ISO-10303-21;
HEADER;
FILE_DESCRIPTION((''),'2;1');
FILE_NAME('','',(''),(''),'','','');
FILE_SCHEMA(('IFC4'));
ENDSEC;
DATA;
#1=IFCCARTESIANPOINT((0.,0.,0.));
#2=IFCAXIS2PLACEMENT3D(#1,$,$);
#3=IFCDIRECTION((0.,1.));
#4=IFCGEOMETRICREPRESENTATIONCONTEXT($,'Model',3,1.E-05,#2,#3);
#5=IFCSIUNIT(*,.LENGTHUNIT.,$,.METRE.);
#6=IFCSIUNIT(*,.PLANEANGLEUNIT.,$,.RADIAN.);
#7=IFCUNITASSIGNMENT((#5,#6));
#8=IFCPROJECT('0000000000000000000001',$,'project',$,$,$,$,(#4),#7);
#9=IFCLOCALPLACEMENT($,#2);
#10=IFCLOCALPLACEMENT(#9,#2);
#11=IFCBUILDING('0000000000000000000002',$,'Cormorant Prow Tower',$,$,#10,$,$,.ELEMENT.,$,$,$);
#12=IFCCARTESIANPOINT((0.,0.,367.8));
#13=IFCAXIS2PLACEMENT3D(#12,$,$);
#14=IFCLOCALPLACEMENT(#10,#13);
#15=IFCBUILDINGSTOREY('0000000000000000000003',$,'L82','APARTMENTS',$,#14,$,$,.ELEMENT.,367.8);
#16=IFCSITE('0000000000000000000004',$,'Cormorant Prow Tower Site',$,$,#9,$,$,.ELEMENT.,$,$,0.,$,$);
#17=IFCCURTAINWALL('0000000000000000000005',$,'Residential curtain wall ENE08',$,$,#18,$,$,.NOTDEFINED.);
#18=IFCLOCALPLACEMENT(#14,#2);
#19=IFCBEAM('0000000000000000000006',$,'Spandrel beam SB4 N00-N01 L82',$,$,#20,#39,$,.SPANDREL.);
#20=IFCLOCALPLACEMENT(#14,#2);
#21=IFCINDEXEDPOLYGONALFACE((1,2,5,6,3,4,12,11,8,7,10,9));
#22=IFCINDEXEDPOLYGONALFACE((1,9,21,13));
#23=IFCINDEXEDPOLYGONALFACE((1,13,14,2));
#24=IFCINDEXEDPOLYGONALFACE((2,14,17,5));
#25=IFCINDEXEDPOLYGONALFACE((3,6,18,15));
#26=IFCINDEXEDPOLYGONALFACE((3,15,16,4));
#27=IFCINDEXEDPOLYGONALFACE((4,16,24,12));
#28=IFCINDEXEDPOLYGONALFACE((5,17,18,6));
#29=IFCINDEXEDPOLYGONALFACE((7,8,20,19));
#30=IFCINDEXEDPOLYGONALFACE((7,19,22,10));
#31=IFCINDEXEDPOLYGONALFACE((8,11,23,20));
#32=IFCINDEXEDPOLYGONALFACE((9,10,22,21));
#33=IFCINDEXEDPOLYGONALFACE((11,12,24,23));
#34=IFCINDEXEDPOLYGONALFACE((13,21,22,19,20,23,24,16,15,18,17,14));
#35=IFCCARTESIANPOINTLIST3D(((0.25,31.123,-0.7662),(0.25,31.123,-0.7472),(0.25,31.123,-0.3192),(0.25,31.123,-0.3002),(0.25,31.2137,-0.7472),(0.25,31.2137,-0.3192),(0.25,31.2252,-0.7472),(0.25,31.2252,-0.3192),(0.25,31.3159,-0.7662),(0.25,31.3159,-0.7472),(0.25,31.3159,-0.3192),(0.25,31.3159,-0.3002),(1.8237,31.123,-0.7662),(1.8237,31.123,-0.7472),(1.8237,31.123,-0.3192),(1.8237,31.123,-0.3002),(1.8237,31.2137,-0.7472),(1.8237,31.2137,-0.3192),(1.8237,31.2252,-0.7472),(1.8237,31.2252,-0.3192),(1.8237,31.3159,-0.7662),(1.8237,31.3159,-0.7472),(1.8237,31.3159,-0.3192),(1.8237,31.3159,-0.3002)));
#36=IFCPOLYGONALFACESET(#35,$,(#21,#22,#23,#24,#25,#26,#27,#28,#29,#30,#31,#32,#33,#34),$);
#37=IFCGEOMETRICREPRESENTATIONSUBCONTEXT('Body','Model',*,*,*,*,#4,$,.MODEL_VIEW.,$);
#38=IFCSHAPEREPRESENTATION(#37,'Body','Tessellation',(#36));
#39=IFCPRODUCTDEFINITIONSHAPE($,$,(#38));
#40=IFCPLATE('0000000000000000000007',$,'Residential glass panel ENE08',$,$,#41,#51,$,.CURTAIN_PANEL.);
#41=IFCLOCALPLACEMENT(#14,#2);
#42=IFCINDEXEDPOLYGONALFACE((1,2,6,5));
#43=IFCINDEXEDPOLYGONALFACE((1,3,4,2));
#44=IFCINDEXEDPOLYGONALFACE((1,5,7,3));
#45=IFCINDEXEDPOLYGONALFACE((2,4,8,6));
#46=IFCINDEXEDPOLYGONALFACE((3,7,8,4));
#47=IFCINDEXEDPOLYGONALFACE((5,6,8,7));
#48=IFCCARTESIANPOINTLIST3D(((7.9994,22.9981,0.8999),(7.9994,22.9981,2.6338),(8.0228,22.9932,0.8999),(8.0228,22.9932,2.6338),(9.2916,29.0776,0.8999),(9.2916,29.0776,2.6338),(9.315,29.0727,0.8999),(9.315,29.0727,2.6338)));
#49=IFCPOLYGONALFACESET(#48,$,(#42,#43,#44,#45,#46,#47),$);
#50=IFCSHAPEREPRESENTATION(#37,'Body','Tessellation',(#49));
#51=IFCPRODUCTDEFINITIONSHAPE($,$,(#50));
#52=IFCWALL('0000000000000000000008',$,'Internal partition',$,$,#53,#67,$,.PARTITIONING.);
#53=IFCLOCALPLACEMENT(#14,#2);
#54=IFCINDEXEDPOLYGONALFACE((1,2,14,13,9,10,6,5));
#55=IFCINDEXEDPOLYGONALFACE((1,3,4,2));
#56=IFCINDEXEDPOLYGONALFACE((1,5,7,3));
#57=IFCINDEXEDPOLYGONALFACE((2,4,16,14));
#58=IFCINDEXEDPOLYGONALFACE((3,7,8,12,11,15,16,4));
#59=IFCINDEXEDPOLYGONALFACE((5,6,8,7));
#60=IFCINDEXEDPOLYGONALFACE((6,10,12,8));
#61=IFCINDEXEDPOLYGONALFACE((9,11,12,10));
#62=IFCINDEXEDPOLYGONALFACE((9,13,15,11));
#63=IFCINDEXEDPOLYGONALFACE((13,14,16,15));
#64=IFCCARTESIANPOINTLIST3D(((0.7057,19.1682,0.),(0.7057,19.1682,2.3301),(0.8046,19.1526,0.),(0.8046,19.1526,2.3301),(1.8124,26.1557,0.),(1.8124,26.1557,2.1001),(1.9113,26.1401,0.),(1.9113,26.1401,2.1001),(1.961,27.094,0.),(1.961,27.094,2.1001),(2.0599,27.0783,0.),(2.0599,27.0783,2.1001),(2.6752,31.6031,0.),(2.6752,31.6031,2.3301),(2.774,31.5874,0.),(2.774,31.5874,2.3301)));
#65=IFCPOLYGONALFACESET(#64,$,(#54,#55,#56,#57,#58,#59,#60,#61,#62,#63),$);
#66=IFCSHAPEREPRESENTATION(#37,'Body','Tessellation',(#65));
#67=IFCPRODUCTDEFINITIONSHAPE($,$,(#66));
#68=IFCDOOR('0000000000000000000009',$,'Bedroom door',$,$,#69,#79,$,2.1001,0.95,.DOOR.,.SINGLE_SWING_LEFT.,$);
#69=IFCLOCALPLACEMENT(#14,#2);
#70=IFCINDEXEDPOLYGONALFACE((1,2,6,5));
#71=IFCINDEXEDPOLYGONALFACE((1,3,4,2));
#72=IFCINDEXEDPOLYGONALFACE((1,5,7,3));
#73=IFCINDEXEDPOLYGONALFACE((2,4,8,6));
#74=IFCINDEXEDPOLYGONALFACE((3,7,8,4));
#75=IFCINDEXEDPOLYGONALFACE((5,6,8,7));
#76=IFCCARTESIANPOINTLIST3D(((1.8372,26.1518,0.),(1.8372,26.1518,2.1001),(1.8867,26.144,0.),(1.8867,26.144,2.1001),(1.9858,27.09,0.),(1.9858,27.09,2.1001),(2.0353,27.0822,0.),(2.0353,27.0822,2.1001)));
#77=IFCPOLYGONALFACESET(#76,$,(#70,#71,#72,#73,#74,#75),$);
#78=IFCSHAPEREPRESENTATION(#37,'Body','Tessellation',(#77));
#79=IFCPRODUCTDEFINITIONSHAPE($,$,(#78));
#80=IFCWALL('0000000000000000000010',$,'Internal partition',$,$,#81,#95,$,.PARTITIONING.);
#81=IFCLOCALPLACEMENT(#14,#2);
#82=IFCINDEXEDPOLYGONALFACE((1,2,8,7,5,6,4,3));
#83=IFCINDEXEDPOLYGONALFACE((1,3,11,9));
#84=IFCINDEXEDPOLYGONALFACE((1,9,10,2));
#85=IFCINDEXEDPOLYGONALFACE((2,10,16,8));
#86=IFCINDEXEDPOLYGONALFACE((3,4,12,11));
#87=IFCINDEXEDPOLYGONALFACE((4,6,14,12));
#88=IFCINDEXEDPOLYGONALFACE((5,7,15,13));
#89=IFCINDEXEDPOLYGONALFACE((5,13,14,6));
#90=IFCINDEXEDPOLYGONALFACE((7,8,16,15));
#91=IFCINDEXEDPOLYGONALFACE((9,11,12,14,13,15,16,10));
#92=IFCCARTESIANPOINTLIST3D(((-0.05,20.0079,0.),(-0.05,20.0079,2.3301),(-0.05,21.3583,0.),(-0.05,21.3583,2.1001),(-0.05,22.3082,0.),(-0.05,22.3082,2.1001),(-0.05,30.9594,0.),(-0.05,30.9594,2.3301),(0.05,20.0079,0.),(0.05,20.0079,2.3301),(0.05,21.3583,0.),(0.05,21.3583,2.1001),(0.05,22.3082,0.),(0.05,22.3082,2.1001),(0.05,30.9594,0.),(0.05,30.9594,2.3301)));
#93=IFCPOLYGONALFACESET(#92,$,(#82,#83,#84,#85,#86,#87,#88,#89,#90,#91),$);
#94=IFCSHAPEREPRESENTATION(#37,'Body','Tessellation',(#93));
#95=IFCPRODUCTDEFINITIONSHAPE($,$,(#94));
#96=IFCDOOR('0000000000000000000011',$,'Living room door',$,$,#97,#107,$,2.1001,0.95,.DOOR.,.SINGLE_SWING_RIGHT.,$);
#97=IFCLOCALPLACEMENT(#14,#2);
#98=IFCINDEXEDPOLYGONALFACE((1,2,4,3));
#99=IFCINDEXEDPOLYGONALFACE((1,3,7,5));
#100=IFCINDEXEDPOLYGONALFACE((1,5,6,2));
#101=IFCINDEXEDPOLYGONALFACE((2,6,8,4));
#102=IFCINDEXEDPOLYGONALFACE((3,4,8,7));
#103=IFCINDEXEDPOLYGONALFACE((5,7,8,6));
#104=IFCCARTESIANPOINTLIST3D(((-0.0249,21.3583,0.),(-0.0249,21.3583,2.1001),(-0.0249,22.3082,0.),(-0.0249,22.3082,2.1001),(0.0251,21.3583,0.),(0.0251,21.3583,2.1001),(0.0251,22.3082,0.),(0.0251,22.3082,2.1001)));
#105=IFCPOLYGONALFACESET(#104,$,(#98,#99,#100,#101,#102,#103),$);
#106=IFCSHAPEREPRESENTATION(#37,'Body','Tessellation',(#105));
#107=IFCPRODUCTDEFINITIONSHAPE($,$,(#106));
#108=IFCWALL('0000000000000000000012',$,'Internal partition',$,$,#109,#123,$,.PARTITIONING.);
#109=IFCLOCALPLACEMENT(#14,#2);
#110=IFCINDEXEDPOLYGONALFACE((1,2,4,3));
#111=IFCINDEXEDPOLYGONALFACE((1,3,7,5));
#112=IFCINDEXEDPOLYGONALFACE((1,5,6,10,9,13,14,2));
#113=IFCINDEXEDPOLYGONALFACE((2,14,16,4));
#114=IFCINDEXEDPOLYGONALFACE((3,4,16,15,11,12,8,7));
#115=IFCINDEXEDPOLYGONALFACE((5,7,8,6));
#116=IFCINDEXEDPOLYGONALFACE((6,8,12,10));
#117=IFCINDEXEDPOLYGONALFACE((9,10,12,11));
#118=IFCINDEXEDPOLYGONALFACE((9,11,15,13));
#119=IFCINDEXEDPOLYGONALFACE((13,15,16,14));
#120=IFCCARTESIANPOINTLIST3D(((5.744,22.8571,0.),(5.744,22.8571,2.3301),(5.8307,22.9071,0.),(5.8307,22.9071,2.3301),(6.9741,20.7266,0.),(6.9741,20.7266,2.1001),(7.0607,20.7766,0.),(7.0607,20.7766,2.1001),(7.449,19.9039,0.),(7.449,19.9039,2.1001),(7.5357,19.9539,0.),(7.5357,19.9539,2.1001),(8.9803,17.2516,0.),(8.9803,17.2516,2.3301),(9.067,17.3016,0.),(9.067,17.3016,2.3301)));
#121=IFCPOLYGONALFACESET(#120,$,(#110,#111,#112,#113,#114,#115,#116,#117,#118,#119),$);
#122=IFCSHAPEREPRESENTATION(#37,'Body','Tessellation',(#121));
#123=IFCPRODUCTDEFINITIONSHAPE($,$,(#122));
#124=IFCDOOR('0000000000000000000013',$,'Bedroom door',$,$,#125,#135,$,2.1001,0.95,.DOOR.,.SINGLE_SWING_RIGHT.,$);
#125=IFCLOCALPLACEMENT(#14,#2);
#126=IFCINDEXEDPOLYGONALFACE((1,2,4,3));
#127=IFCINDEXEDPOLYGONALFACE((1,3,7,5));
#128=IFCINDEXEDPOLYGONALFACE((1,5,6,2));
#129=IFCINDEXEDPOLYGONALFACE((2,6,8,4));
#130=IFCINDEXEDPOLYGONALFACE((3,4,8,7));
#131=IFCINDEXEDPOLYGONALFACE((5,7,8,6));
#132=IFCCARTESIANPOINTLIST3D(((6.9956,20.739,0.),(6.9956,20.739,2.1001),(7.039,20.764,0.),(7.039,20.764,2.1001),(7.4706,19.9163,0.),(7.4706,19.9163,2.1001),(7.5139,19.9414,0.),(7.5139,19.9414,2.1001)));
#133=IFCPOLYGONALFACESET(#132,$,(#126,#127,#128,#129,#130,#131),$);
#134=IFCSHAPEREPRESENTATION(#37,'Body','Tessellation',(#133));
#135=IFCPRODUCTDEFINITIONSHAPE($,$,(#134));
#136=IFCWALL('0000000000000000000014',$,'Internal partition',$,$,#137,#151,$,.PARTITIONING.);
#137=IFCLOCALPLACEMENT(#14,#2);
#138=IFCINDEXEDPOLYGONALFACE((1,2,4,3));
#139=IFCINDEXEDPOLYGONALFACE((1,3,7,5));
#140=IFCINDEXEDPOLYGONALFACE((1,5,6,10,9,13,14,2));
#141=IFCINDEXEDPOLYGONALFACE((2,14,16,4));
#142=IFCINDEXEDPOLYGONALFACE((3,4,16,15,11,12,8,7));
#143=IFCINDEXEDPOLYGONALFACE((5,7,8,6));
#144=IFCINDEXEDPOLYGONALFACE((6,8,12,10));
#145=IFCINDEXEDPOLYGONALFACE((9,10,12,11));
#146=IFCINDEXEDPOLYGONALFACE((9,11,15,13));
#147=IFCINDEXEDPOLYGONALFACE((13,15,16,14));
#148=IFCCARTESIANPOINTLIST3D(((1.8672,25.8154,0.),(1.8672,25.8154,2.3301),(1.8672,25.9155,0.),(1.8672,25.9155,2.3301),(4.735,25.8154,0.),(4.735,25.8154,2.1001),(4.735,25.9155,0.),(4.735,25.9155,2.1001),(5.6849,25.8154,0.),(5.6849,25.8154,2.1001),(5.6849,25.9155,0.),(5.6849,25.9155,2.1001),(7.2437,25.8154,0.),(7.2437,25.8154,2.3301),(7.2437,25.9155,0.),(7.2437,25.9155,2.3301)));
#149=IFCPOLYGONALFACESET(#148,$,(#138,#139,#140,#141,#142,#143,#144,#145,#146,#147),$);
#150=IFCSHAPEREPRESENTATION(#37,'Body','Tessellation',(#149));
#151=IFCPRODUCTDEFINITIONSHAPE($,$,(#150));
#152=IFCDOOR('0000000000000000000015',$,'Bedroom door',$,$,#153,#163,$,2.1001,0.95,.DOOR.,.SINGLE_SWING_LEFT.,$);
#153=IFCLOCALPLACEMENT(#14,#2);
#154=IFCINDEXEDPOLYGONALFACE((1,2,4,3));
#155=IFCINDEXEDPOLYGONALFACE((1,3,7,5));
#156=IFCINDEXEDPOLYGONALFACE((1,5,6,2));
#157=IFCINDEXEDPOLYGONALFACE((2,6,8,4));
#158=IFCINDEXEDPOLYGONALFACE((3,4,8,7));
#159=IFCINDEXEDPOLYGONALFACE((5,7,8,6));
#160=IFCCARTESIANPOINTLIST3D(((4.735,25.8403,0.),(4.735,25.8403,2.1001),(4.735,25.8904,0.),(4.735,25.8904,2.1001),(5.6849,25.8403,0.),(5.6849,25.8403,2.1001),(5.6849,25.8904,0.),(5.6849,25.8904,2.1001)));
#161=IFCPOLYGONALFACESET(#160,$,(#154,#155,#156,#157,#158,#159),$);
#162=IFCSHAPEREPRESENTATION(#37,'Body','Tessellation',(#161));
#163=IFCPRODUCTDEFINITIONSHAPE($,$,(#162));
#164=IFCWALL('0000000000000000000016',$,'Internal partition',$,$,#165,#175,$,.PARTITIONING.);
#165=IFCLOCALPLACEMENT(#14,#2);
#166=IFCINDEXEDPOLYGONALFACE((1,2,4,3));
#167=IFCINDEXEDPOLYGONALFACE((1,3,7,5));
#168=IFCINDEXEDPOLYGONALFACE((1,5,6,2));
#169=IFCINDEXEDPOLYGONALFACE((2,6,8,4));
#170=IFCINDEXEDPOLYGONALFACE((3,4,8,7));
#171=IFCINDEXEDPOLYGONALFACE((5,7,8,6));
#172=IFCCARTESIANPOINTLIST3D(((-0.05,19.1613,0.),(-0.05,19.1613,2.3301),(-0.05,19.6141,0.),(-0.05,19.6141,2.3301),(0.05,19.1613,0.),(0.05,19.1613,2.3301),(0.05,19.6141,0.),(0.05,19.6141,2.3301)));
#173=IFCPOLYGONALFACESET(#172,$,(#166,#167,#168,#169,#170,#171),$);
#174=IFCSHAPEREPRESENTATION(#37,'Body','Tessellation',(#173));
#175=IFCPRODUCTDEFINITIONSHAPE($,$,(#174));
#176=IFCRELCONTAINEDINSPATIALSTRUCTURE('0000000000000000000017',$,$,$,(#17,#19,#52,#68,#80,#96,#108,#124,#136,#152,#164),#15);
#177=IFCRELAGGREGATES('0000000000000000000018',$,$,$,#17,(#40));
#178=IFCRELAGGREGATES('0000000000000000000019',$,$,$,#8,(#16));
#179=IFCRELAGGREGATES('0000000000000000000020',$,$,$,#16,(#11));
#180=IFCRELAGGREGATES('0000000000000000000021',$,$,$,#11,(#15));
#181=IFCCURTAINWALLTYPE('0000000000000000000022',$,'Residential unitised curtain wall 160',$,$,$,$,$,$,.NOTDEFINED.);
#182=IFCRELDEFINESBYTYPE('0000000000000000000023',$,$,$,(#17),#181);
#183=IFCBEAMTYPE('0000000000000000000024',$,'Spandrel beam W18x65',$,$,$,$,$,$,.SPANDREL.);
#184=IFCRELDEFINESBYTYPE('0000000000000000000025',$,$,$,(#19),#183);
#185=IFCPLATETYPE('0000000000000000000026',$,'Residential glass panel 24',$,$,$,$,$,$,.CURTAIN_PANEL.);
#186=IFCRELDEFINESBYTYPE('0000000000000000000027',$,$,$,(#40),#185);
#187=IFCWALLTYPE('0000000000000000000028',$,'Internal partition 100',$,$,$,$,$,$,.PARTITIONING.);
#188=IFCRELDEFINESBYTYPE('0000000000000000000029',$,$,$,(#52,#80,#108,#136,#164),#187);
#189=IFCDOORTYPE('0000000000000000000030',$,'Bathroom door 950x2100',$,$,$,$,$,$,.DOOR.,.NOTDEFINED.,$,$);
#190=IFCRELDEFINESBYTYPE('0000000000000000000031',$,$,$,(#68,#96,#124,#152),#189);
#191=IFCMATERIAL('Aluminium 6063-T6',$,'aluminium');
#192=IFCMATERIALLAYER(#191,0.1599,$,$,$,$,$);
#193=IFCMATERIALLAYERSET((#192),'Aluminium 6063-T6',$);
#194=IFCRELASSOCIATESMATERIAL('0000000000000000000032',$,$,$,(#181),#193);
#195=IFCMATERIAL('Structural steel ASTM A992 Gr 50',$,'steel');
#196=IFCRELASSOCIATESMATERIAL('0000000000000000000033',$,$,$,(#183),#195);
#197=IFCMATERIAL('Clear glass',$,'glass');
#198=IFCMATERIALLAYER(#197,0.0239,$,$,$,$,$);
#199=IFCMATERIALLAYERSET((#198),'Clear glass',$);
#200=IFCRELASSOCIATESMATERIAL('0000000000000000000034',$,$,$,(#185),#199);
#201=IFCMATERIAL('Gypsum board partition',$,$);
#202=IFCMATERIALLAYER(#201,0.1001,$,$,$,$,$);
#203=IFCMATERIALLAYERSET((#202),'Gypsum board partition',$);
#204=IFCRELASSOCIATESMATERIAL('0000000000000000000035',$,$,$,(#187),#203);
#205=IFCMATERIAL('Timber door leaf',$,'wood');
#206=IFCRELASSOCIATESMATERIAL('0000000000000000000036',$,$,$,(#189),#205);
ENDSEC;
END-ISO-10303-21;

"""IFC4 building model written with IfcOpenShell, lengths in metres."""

from ifc_helpers import new_model, si_unit, direction, frame, frame_2d, origin, origin_2d, place, context, subcontext, project, spatial, rectangle, i_section, extrude, material, layer, layer_set, material_profile, profile_set, type_object, element, fill, aggregate, save


model = new_model("IFC4")

# Units and contexts
model_context = context("Model", 3, precision=1e-05, world=origin(), true_north=direction((0.0, 1.0)))
body_context = subcontext(model_context, "Body", "Model", "MODEL_VIEW")
ifc_project = project(units=[si_unit("LENGTHUNIT", "METRE"), si_unit("PLANEANGLEUNIT", "RADIAN")], contexts=[model_context])

# Site, building, storey
site_placement = place(None, origin())
site = spatial("IfcSite", under=ifc_project, at=site_placement, Name="Cormorant Prow Tower Site", CompositionType="ELEMENT", RefElevation=0.0)
building_placement = place(site_placement, origin())
building = spatial("IfcBuilding", under=site, at=building_placement, Name="Cormorant Prow Tower", CompositionType="ELEMENT")
storey_placement = place(building_placement, frame((0.0, 0.0, 367.8)))
storey = spatial("IfcBuildingStorey", under=building, at=storey_placement, Name="L82", Description="APARTMENTS", CompositionType="ELEMENT", Elevation=367.8)

# Curtain wall
ifc_material_1 = material(Name="Aluminium 6063-T6", Category="aluminium")
ifc_layer_1 = layer(ifc_material_1, 0.1599)
ifc_layer_set_1 = layer_set([ifc_layer_1], Name="Aluminium 6063-T6")
curtain_wall_type = type_object("IfcCurtainWallType", Name="Residential unitised curtain wall 160", PredefinedType="NOTDEFINED", material=ifc_layer_set_1)
curtain_wall_placement = place(storey_placement, origin())
curtain_wall = element("IfcCurtainWall", 1, at=curtain_wall_placement, inside=storey, type_object=curtain_wall_type, Name="Residential curtain wall ENE08", PredefinedType="NOTDEFINED")

# Beam
ifc_material_2 = material(Name="Structural steel ASTM A992 Gr 50", Category="steel")
ifc_material_profile_1 = material_profile(ifc_material_2, i_section(OverallWidth=0.1929, OverallDepth=0.4661, WebThickness=0.0115, FlangeThickness=0.019, at=origin_2d()), Name="W18x65")
ifc_profile_set_1 = profile_set([ifc_material_profile_1], Name="Structural steel ASTM A992 Gr 50")
beam_type = type_object("IfcBeamType", Name="Spandrel beam W18x65", PredefinedType="SPANDREL", material=ifc_profile_set_1)
beam_1_placement = place(storey_placement, frame((1.8237, 31.2195, -0.5332), z_axis=(-1.0, 0.0, 0.0), x_axis=(0.0, -1.0, 0.0)))
element("IfcBeam", 2, at=beam_1_placement, inside=storey, type_object=beam_type, Name="Spandrel beam SB4 N00-N01 L82", PredefinedType="SPANDREL", context=body_context, shape_type="SweptSolid", body=[
    extrude(i_section(OverallWidth=0.1929, OverallDepth=0.4661, WebThickness=0.0115, FlangeThickness=0.019, at=origin_2d()), origin(), (0.0, 0.0, 1.0), 1.5737),
])

# Plate
ifc_material_3 = material(Name="Clear glass", Category="glass")
ifc_layer_2 = layer(ifc_material_3, 0.0239)
ifc_layer_set_2 = layer_set([ifc_layer_2], Name="Clear glass")
plate_type = type_object("IfcPlateType", Name="Residential glass panel 24", PredefinedType="CURTAIN_PANEL", material=ifc_layer_set_2)
plate_placement = place(storey_placement, frame((8.6572, 26.0354, 0.8999), z_axis=(0.0, 0.0, 1.0), x_axis=(0.207912, 0.978148, 0.0)))
plate = element("IfcPlate", 3, at=plate_placement, type_object=plate_type, Name="Residential glass panel ENE08", PredefinedType="CURTAIN_PANEL", context=body_context, shape_type="SweptSolid", body=[
    extrude(rectangle(XDim=6.2153, YDim=0.0239, at=origin_2d()), origin(), (0.0, 0.0, 1.0), 1.7339),
])
aggregate(curtain_wall, [plate])

# Walls, openings, doors
ifc_material_4 = material(Name="Gypsum board partition")
ifc_layer_3 = layer(ifc_material_4, 0.1001)
ifc_layer_set_3 = layer_set([ifc_layer_3], Name="Gypsum board partition")
wall_type_1 = type_object("IfcWallType", Name="Internal partition 100", PredefinedType="PARTITIONING", material=ifc_layer_set_3)
wall_1_placement = place(storey_placement, frame((0.7551, 19.1604, 0.0), z_axis=(0.0, 0.0, 1.0), x_axis=(0.156435, 0.987688, 0.0)))
wall_1 = element("IfcWall", 4, at=wall_1_placement, inside=storey, type_object=wall_type_1, Name="Internal partition", PredefinedType="PARTITIONING", context=body_context, shape_type="SweptSolid", body=[
    extrude(rectangle(XDim=12.5898, YDim=0.1001, at=frame_2d((6.2949, 0.0))), origin(), (0.0, 0.0, 1.0), 2.3301),
])
opening_1_placement = place(wall_1_placement, frame((7.0745, 0.0, 0.0)))
opening_1 = element("IfcOpeningElement", 5, at=opening_1_placement, cuts=wall_1, PredefinedType="OPENING", context=body_context, shape_type="SweptSolid", body=[
    extrude(rectangle(XDim=0.95, YDim=2.1001, at=frame_2d((0.4751, 1.05))), frame((0.0, 0.0601, 0.0), z_axis=(0.0, -1.0, 0.0), x_axis=(1.0, 0.0, 0.0)), (0.0, 0.0, 1.0), 0.1201),
])
ifc_material_5 = material(Name="Timber door leaf", Category="wood")
door_type_1 = type_object("IfcDoorType", Name="Bathroom door 950x2100", OperationType="NOTDEFINED", PredefinedType="DOOR", material=ifc_material_5)
door_1_placement = place(opening_1_placement, origin())
door_1 = element("IfcDoor", 6, at=door_1_placement, inside=storey, type_object=door_type_1, Name="Bedroom door", OperationType="SINGLE_SWING_LEFT", OverallHeight=2.1001, OverallWidth=0.95, PredefinedType="DOOR", context=body_context, shape_type="SweptSolid", body=[
    extrude(rectangle(XDim=0.95, YDim=2.1001, at=frame_2d((0.4751, 1.05))), frame((0.0, 0.0249, 0.0), z_axis=(0.0, -1.0, 0.0), x_axis=(1.0, 0.0, 0.0)), (0.0, 0.0, 1.0), 0.05),
])
fill(opening_1, door_1)
wall_2_placement = place(storey_placement, frame((0.0, 20.0081, 0.0), z_axis=(0.0, 0.0, 1.0), x_axis=(0.0, 1.0, 0.0)))
wall_2 = element("IfcWall", 7, at=wall_2_placement, inside=storey, type_object=wall_type_1, Name="Internal partition", PredefinedType="PARTITIONING", context=body_context, shape_type="SweptSolid", body=[
    extrude(rectangle(XDim=10.9514, YDim=0.1001, at=frame_2d((5.4756, 0.0))), origin(), (0.0, 0.0, 1.0), 2.3301),
])
opening_2_placement = place(wall_2_placement, frame((1.3501, 0.0, 0.0)))
opening_2 = element("IfcOpeningElement", 8, at=opening_2_placement, cuts=wall_2, PredefinedType="OPENING", context=body_context, shape_type="SweptSolid", body=[
    extrude(rectangle(XDim=0.95, YDim=2.1001, at=frame_2d((0.4751, 1.05))), frame((0.0, 0.0601, 0.0), z_axis=(0.0, -1.0, 0.0), x_axis=(1.0, 0.0, 0.0)), (0.0, 0.0, 1.0), 0.1201),
])
door_2_placement = place(opening_2_placement, origin())
door_2 = element("IfcDoor", 9, at=door_2_placement, inside=storey, type_object=door_type_1, Name="Living room door", OperationType="SINGLE_SWING_RIGHT", OverallHeight=2.1001, OverallWidth=0.95, PredefinedType="DOOR", context=body_context, shape_type="SweptSolid", body=[
    extrude(rectangle(XDim=0.95, YDim=2.1001, at=frame_2d((0.4751, 1.05))), frame((0.0, 0.0249, 0.0), z_axis=(0.0, -1.0, 0.0), x_axis=(1.0, 0.0, 0.0)), (0.0, 0.0, 1.0), 0.05),
])
fill(opening_2, door_2)
wall_3_placement = place(storey_placement, frame((5.7874, 22.8821, 0.0), z_axis=(0.0, 0.0, 1.0), x_axis=(0.500001, -0.866025, 0.0)))
wall_3 = element("IfcWall", 10, at=wall_3_placement, inside=storey, type_object=wall_type_1, Name="Internal partition", PredefinedType="PARTITIONING", context=body_context, shape_type="SweptSolid", body=[
    extrude(rectangle(XDim=6.4727, YDim=0.1001, at=frame_2d((3.2363, 0.0))), origin(), (0.0, 0.0, 1.0), 2.3301),
])
opening_3_placement = place(wall_3_placement, frame((2.46, 0.0, 0.0)))
opening_3 = element("IfcOpeningElement", 11, at=opening_3_placement, cuts=wall_3, PredefinedType="OPENING", context=body_context, shape_type="SweptSolid", body=[
    extrude(rectangle(XDim=0.95, YDim=2.1001, at=frame_2d((0.4751, 1.05))), frame((0.0, 0.0601, 0.0), z_axis=(0.0, -1.0, 0.0), x_axis=(1.0, 0.0, 0.0)), (0.0, 0.0, 1.0), 0.1201),
])
door_3_placement = place(opening_3_placement, origin())
door_3 = element("IfcDoor", 12, at=door_3_placement, inside=storey, type_object=door_type_1, Name="Bedroom door", OperationType="SINGLE_SWING_RIGHT", OverallHeight=2.1001, OverallWidth=0.95, PredefinedType="DOOR", context=body_context, shape_type="SweptSolid", body=[
    extrude(rectangle(XDim=0.95, YDim=2.1001, at=frame_2d((0.4751, 1.05))), frame((0.0, 0.0249, 0.0), z_axis=(0.0, -1.0, 0.0), x_axis=(1.0, 0.0, 0.0)), (0.0, 0.0, 1.0), 0.05),
])
fill(opening_3, door_3)
wall_4_placement = place(storey_placement, frame((1.8672, 25.8655, 0.0), z_axis=(0.0, 0.0, 1.0), x_axis=(1.0, 0.0, 0.0)))
wall_4 = element("IfcWall", 13, at=wall_4_placement, inside=storey, type_object=wall_type_1, Name="Internal partition", PredefinedType="PARTITIONING", context=body_context, shape_type="SweptSolid", body=[
    extrude(rectangle(XDim=5.3765, YDim=0.1001, at=frame_2d((2.6882, 0.0))), origin(), (0.0, 0.0, 1.0), 2.3301),
])
opening_4_placement = place(wall_4_placement, frame((2.8677, 0.0, 0.0)))
opening_4 = element("IfcOpeningElement", 14, at=opening_4_placement, cuts=wall_4, PredefinedType="OPENING", context=body_context, shape_type="SweptSolid", body=[
    extrude(rectangle(XDim=0.95, YDim=2.1001, at=frame_2d((0.4751, 1.05))), frame((0.0, 0.0601, 0.0), z_axis=(0.0, -1.0, 0.0), x_axis=(1.0, 0.0, 0.0)), (0.0, 0.0, 1.0), 0.1201),
])
door_4_placement = place(opening_4_placement, origin())
door_4 = element("IfcDoor", 15, at=door_4_placement, inside=storey, type_object=door_type_1, Name="Bedroom door", OperationType="SINGLE_SWING_LEFT", OverallHeight=2.1001, OverallWidth=0.95, PredefinedType="DOOR", context=body_context, shape_type="SweptSolid", body=[
    extrude(rectangle(XDim=0.95, YDim=2.1001, at=frame_2d((0.4751, 1.05))), frame((0.0, 0.0249, 0.0), z_axis=(0.0, -1.0, 0.0), x_axis=(1.0, 0.0, 0.0)), (0.0, 0.0, 1.0), 0.05),
])
fill(opening_4, door_4)

# Wall
wall_5_placement = place(storey_placement, frame((0.0, 19.1611, 0.0), z_axis=(0.0, 0.0, 1.0), x_axis=(0.0, 1.0, 0.0)))
element("IfcWall", 16, at=wall_5_placement, inside=storey, type_object=wall_type_1, Name="Internal partition", PredefinedType="PARTITIONING", context=body_context, shape_type="SweptSolid", body=[
    extrude(rectangle(XDim=0.4529, YDim=0.1001, at=frame_2d((0.2266, 0.0))), origin(), (0.0, 0.0, 1.0), 2.3301),
])

save(model, "model.ifc")
